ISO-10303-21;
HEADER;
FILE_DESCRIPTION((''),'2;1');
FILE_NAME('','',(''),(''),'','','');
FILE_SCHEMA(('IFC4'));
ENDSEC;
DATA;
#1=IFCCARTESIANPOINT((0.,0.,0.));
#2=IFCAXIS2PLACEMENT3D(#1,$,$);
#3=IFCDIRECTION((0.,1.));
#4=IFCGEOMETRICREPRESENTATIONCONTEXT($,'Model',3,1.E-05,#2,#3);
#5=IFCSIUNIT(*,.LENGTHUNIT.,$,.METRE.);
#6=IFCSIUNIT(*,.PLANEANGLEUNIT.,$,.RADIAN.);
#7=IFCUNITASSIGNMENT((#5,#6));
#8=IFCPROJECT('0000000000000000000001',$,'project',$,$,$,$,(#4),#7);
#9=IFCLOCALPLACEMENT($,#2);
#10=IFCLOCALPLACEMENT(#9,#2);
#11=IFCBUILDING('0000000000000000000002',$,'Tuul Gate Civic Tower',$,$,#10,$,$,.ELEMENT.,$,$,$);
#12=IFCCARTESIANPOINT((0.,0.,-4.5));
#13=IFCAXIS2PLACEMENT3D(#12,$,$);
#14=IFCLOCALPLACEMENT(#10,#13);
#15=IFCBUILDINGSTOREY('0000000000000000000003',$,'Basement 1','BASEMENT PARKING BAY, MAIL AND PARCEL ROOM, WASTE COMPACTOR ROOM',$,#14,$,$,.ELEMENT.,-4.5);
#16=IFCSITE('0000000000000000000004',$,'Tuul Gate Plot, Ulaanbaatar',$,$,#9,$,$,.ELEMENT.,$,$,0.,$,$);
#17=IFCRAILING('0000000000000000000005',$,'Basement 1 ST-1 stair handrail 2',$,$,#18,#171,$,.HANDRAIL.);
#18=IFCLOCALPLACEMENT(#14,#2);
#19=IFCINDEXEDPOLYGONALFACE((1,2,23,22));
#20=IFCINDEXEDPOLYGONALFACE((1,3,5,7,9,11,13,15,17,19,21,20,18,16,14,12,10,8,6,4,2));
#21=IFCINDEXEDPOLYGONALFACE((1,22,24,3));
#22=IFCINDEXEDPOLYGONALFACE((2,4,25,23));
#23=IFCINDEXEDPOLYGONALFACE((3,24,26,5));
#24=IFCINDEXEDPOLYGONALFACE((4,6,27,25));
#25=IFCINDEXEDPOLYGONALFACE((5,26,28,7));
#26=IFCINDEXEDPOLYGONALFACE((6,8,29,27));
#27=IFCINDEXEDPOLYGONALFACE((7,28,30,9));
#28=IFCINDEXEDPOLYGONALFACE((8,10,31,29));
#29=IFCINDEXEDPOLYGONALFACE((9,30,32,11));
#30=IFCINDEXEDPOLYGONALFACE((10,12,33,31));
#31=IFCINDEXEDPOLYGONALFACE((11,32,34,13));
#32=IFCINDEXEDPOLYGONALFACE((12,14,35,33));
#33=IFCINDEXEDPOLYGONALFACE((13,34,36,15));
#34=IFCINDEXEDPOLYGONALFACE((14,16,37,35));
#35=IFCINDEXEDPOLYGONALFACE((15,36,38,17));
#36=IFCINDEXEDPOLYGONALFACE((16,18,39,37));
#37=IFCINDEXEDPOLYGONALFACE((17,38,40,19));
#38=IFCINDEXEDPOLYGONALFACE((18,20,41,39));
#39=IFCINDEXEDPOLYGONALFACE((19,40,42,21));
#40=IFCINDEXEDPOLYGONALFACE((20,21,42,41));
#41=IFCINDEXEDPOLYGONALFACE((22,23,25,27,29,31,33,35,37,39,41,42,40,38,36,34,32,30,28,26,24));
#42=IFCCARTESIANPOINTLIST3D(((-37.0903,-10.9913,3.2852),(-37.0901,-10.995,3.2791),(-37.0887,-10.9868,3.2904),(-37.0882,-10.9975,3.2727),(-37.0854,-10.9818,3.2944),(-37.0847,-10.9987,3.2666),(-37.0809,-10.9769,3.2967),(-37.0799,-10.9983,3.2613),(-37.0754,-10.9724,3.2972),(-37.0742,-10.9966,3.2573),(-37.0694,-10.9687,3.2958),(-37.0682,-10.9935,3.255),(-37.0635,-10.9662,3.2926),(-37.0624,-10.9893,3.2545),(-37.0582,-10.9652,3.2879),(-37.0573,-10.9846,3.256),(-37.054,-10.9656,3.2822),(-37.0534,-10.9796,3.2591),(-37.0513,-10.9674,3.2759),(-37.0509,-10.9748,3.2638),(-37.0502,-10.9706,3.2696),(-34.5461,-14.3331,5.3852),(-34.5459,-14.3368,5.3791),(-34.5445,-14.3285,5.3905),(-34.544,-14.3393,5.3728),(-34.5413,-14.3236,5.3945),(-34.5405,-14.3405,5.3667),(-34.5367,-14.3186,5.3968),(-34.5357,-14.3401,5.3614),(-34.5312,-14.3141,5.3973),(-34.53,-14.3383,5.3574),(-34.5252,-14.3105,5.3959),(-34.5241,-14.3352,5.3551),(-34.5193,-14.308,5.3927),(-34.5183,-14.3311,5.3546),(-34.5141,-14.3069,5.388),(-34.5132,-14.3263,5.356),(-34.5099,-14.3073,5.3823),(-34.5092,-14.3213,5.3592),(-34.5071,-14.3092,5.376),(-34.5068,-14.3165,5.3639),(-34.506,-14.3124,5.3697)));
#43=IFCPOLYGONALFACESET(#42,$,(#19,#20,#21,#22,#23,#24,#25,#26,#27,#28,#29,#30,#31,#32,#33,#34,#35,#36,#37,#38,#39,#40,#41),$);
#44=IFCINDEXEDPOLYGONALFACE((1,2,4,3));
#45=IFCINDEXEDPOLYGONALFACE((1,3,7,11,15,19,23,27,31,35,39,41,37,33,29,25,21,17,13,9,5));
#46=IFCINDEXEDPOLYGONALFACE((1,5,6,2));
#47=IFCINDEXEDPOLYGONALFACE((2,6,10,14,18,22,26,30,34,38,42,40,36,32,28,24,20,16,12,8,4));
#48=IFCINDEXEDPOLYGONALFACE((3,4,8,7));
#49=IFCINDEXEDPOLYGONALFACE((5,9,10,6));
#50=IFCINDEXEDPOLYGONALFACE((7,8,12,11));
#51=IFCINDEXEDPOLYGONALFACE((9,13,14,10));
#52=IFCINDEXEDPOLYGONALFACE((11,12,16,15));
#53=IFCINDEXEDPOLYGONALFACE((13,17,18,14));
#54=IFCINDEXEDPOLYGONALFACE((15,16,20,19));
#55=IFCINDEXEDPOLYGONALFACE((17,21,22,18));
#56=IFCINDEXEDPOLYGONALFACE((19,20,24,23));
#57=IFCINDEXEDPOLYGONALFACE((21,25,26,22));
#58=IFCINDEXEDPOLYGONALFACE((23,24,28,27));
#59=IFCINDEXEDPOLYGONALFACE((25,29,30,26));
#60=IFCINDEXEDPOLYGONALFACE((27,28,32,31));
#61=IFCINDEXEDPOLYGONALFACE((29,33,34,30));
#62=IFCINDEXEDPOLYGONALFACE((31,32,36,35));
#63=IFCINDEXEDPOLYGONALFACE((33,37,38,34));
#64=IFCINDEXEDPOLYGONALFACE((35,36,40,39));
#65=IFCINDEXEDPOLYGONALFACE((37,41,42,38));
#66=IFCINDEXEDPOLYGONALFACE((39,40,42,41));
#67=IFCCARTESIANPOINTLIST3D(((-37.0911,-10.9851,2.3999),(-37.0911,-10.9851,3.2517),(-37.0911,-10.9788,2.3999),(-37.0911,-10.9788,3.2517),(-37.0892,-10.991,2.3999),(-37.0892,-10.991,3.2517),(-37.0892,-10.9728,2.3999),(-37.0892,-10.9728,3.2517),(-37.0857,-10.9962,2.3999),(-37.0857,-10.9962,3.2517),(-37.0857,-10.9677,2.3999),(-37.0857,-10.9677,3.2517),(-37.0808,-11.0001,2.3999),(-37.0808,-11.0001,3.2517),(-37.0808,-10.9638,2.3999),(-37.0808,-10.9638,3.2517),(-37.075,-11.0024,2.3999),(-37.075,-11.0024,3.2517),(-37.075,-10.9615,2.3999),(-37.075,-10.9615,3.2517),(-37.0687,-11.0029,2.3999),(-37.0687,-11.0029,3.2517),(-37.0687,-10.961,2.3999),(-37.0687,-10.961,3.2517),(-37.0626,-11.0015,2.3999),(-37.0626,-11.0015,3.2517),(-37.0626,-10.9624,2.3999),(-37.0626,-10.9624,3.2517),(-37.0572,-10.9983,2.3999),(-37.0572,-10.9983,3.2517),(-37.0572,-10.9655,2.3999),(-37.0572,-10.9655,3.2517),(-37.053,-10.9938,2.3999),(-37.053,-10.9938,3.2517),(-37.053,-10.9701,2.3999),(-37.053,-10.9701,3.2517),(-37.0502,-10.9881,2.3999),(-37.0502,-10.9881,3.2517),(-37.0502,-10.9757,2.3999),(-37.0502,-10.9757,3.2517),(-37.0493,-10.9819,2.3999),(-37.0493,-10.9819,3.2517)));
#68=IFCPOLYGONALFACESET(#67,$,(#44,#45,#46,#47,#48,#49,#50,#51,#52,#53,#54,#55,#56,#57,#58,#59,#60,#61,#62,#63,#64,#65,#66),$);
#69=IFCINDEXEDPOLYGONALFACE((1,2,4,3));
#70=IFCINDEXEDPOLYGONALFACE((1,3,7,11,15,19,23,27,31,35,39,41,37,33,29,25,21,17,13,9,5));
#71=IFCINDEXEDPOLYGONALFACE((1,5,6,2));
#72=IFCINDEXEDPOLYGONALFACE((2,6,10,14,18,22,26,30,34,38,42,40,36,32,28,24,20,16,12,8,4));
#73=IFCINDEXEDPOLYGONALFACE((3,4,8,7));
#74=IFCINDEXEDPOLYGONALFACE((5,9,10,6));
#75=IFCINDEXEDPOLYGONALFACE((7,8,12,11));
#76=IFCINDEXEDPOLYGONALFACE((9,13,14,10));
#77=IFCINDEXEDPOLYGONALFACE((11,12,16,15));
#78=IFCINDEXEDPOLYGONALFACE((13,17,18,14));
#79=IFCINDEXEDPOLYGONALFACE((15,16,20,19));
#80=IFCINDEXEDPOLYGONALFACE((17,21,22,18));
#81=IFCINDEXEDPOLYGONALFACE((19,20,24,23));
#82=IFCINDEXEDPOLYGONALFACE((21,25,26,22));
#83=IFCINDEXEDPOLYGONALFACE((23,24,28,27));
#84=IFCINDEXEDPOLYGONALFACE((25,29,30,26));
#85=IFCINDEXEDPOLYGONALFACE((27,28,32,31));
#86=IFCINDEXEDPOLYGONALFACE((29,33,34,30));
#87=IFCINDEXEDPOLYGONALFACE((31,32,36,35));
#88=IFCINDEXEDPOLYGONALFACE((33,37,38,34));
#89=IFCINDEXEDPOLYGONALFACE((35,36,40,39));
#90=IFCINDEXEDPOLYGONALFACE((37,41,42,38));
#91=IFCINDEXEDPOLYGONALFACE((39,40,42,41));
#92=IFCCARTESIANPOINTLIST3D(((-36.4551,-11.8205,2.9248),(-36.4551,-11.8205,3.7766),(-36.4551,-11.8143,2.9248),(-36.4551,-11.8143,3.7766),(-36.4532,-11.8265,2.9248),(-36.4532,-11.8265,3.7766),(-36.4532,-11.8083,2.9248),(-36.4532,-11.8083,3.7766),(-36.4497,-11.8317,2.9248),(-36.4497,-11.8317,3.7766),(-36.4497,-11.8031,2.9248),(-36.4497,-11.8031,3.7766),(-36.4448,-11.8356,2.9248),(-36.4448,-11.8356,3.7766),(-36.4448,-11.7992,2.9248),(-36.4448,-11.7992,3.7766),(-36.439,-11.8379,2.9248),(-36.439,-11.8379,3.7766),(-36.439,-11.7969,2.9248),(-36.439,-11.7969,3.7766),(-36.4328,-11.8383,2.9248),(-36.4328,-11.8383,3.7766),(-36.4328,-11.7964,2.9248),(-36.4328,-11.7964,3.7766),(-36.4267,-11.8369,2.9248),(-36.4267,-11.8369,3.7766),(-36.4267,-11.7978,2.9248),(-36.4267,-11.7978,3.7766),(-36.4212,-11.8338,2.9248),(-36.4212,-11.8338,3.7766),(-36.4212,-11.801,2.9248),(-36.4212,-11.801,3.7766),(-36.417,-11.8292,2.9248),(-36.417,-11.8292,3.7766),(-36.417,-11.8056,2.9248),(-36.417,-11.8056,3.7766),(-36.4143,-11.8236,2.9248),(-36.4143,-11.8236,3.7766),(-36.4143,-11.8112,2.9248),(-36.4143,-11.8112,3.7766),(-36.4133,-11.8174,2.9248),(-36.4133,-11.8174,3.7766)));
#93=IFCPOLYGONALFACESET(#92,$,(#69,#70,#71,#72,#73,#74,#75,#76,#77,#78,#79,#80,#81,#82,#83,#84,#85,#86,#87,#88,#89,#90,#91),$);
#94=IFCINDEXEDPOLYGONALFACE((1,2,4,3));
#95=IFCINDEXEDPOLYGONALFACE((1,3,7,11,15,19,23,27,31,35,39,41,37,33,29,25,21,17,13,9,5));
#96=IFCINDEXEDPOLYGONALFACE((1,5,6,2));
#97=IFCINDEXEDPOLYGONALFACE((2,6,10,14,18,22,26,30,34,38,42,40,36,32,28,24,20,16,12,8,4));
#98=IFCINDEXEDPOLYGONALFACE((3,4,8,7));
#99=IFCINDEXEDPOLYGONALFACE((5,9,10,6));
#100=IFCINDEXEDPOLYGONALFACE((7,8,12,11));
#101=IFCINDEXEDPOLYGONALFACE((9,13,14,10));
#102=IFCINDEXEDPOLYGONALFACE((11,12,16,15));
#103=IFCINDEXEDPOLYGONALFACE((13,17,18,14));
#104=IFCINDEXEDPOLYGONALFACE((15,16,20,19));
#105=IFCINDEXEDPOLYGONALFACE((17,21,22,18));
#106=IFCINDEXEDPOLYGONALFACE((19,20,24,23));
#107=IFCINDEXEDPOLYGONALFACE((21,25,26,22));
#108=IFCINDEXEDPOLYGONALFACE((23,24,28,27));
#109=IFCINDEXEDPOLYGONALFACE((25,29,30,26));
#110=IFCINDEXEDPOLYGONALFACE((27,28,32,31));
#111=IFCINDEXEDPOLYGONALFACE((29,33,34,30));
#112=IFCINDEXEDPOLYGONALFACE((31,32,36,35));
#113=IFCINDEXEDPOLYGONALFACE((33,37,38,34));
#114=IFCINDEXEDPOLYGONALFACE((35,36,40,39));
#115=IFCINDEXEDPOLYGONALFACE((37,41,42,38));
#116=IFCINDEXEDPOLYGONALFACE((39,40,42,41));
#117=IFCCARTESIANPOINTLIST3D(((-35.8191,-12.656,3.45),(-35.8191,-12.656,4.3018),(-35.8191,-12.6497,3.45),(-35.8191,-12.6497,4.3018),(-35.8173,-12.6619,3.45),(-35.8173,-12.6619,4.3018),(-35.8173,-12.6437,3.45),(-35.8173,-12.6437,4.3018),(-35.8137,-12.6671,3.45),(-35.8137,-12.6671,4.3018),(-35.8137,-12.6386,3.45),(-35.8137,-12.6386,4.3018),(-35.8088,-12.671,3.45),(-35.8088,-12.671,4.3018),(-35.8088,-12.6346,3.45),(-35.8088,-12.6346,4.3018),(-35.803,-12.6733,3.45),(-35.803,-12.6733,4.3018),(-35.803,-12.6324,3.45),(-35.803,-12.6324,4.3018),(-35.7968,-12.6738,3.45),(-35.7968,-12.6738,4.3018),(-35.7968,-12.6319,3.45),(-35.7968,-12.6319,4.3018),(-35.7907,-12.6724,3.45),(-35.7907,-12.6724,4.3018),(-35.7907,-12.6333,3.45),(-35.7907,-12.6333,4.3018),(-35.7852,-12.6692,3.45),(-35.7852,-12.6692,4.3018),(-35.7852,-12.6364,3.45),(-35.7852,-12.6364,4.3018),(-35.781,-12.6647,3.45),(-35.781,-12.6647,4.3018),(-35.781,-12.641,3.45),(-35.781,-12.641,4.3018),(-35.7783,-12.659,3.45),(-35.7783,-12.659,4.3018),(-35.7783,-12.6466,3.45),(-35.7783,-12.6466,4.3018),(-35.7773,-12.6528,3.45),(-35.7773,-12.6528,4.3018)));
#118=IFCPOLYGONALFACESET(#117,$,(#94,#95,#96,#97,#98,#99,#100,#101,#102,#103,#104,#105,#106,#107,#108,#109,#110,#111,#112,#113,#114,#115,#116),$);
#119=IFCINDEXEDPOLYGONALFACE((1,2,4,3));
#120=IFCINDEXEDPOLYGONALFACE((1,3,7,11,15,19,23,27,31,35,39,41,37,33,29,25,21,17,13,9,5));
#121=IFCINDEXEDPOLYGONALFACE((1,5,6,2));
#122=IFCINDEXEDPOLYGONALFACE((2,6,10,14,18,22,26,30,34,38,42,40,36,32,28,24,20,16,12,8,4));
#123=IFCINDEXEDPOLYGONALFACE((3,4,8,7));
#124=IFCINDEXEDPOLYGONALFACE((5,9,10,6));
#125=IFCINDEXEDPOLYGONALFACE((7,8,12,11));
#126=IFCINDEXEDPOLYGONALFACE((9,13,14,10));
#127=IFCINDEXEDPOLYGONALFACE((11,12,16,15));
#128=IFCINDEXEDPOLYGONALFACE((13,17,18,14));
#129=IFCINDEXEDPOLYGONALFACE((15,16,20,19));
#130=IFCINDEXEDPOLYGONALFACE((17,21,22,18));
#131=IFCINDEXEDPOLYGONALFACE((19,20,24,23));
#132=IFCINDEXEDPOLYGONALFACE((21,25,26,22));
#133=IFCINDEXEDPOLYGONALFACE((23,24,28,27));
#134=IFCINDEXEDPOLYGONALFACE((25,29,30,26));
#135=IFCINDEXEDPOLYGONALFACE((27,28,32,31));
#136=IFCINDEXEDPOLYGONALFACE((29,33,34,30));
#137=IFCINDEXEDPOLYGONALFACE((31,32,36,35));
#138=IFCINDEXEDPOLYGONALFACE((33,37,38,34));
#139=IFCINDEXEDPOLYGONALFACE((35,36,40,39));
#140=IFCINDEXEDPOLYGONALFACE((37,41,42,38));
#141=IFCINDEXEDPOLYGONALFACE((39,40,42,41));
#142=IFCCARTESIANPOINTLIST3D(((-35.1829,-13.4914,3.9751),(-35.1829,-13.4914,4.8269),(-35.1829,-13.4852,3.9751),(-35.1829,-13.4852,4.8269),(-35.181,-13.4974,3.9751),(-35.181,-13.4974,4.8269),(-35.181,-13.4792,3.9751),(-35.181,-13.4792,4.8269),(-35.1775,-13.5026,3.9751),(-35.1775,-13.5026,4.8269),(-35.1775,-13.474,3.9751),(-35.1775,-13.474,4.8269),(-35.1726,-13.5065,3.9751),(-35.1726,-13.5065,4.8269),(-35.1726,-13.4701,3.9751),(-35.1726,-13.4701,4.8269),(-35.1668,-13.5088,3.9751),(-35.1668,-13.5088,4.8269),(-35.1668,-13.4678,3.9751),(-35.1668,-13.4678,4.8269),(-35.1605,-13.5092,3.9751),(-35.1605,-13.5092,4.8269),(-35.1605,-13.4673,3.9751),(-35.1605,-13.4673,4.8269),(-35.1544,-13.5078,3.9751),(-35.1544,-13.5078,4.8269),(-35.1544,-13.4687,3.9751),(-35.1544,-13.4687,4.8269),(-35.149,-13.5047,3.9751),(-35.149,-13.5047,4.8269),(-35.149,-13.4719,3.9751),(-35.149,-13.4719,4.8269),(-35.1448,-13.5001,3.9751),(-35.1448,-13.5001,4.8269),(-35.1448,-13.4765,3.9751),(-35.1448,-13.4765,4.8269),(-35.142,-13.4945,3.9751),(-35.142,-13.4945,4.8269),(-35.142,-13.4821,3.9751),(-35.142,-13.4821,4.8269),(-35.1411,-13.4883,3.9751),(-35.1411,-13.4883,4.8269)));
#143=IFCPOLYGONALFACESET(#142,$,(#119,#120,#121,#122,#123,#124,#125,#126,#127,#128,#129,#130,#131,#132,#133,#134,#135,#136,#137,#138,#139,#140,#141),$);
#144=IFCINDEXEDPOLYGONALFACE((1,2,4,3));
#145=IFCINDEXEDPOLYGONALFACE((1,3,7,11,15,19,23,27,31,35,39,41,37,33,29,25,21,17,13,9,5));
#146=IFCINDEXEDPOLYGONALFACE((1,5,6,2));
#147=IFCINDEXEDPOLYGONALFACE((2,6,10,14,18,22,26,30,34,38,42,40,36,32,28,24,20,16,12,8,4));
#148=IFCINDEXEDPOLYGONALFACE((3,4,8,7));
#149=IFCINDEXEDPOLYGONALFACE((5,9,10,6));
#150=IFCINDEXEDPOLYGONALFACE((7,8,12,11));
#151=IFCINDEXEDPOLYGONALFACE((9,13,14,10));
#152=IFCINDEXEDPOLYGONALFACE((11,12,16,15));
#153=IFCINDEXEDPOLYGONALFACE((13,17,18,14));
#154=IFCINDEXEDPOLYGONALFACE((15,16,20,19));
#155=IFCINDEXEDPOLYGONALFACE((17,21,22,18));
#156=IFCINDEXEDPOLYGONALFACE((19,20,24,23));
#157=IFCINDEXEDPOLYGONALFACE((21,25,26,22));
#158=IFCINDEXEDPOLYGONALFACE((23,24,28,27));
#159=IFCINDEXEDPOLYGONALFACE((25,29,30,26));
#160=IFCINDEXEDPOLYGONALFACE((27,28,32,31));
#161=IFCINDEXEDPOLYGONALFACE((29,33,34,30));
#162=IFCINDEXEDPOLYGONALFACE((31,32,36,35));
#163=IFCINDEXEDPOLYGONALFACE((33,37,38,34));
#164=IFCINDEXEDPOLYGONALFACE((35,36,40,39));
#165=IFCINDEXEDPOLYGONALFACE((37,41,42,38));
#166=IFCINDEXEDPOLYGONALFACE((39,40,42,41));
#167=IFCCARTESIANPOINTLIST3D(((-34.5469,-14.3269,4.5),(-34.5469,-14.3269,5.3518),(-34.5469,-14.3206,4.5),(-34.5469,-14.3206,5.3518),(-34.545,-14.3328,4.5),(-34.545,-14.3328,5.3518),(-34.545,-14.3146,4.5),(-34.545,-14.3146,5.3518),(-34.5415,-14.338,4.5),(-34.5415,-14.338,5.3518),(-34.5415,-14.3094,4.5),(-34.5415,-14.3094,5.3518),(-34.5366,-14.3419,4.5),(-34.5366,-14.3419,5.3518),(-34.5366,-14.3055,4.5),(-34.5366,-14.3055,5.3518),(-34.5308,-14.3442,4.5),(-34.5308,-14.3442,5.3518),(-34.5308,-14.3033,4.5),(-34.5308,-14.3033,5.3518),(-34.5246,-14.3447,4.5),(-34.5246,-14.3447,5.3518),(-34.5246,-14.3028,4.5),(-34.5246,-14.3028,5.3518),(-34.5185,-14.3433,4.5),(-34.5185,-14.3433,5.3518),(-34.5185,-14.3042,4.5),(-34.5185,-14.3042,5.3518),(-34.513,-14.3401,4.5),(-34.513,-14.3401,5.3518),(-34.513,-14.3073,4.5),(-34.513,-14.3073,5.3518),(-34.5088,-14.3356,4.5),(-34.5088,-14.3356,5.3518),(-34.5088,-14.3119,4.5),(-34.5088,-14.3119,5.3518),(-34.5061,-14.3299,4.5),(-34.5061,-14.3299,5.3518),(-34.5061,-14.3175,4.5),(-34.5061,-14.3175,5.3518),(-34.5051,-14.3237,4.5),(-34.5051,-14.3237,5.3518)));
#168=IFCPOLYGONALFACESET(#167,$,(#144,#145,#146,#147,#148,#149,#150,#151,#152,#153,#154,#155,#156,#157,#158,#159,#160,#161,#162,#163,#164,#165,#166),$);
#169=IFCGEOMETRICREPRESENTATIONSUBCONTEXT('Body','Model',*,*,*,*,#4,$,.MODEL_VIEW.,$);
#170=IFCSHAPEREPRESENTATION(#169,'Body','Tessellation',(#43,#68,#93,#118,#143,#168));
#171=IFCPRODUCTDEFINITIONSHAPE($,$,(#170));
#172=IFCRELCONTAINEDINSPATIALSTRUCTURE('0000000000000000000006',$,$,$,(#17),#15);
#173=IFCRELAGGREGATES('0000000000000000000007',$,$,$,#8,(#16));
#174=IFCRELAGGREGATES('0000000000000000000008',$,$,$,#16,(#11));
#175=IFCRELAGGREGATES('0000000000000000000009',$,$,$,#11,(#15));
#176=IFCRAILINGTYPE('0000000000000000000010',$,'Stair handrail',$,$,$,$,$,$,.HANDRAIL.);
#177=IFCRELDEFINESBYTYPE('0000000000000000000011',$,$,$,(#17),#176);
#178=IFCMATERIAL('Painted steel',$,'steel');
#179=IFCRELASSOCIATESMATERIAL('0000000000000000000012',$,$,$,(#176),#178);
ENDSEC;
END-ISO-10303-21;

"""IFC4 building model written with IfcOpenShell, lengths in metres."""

from ifc_helpers import new_model, si_unit, direction, frame, origin, origin_2d, place, context, subcontext, project, spatial, circle, extrude, material, type_object, element, save


model = new_model("IFC4")

# Units and contexts
model_context = context("Model", 3, precision=1e-05, world=origin(), true_north=direction((0.0, 1.0)))
body_context = subcontext(model_context, "Body", "Model", "MODEL_VIEW")
ifc_project = project(units=[si_unit("LENGTHUNIT", "METRE"), si_unit("PLANEANGLEUNIT", "RADIAN")], contexts=[model_context])

# Site, building, storey
site_placement = place(None, origin())
site = spatial("IfcSite", under=ifc_project, at=site_placement, Name="Tuul Gate Plot, Ulaanbaatar", CompositionType="ELEMENT", RefElevation=0.0)
building_placement = place(site_placement, origin())
building = spatial("IfcBuilding", under=site, at=building_placement, Name="Tuul Gate Civic Tower", CompositionType="ELEMENT")
storey_placement = place(building_placement, frame((0.0, 0.0, -4.5)))
storey = spatial("IfcBuildingStorey", under=building, at=storey_placement, Name="Basement 1", Description="BASEMENT PARKING BAY, MAIL AND PARCEL ROOM, WASTE COMPACTOR ROOM", CompositionType="ELEMENT", Elevation=-4.5)

# Railing
ifc_material_1 = material(Name="Painted steel", Category="steel")
railing_type = type_object("IfcRailingType", Name="Stair handrail", PredefinedType="HANDRAIL", material=ifc_material_1)
railing_1_placement = place(storey_placement, frame((-37.0703, -10.9819, 2.3999)))
element("IfcRailing", 1, at=railing_1_placement, inside=storey, type_object=railing_type, Name="Basement 1 ST-1 stair handrail 2", PredefinedType="HANDRAIL", context=body_context, shape_type="SweptSolid", body=[
    extrude(circle(Radius=0.0239, at=origin_2d()), frame((0.0, 0.0, 0.876), z_axis=(0.541796, -0.71165, 0.447225), x_axis=(0.795655, 0.605751, 0.0)), (0.0, 0.0, 1.0), 4.6958),
    extrude(circle(Radius=0.021, at=origin_2d()), origin(), (0.0, 0.0, 1.0), 0.8518),
    extrude(circle(Radius=0.021, at=origin_2d()), frame((0.636, -0.8354, 0.5249)), (0.0, 0.0, 1.0), 0.8518),
    extrude(circle(Radius=0.021, at=origin_2d()), frame((1.272, -1.6709, 1.05)), (0.0, 0.0, 1.0), 0.8518),
    extrude(circle(Radius=0.021, at=origin_2d()), frame((1.9082, -2.5063, 1.5752)), (0.0, 0.0, 1.0), 0.8518),
    extrude(circle(Radius=0.021, at=origin_2d()), frame((2.5442, -3.3418, 2.1001)), (0.0, 0.0, 1.0), 0.8518),
])

save(model, "model.ifc")
